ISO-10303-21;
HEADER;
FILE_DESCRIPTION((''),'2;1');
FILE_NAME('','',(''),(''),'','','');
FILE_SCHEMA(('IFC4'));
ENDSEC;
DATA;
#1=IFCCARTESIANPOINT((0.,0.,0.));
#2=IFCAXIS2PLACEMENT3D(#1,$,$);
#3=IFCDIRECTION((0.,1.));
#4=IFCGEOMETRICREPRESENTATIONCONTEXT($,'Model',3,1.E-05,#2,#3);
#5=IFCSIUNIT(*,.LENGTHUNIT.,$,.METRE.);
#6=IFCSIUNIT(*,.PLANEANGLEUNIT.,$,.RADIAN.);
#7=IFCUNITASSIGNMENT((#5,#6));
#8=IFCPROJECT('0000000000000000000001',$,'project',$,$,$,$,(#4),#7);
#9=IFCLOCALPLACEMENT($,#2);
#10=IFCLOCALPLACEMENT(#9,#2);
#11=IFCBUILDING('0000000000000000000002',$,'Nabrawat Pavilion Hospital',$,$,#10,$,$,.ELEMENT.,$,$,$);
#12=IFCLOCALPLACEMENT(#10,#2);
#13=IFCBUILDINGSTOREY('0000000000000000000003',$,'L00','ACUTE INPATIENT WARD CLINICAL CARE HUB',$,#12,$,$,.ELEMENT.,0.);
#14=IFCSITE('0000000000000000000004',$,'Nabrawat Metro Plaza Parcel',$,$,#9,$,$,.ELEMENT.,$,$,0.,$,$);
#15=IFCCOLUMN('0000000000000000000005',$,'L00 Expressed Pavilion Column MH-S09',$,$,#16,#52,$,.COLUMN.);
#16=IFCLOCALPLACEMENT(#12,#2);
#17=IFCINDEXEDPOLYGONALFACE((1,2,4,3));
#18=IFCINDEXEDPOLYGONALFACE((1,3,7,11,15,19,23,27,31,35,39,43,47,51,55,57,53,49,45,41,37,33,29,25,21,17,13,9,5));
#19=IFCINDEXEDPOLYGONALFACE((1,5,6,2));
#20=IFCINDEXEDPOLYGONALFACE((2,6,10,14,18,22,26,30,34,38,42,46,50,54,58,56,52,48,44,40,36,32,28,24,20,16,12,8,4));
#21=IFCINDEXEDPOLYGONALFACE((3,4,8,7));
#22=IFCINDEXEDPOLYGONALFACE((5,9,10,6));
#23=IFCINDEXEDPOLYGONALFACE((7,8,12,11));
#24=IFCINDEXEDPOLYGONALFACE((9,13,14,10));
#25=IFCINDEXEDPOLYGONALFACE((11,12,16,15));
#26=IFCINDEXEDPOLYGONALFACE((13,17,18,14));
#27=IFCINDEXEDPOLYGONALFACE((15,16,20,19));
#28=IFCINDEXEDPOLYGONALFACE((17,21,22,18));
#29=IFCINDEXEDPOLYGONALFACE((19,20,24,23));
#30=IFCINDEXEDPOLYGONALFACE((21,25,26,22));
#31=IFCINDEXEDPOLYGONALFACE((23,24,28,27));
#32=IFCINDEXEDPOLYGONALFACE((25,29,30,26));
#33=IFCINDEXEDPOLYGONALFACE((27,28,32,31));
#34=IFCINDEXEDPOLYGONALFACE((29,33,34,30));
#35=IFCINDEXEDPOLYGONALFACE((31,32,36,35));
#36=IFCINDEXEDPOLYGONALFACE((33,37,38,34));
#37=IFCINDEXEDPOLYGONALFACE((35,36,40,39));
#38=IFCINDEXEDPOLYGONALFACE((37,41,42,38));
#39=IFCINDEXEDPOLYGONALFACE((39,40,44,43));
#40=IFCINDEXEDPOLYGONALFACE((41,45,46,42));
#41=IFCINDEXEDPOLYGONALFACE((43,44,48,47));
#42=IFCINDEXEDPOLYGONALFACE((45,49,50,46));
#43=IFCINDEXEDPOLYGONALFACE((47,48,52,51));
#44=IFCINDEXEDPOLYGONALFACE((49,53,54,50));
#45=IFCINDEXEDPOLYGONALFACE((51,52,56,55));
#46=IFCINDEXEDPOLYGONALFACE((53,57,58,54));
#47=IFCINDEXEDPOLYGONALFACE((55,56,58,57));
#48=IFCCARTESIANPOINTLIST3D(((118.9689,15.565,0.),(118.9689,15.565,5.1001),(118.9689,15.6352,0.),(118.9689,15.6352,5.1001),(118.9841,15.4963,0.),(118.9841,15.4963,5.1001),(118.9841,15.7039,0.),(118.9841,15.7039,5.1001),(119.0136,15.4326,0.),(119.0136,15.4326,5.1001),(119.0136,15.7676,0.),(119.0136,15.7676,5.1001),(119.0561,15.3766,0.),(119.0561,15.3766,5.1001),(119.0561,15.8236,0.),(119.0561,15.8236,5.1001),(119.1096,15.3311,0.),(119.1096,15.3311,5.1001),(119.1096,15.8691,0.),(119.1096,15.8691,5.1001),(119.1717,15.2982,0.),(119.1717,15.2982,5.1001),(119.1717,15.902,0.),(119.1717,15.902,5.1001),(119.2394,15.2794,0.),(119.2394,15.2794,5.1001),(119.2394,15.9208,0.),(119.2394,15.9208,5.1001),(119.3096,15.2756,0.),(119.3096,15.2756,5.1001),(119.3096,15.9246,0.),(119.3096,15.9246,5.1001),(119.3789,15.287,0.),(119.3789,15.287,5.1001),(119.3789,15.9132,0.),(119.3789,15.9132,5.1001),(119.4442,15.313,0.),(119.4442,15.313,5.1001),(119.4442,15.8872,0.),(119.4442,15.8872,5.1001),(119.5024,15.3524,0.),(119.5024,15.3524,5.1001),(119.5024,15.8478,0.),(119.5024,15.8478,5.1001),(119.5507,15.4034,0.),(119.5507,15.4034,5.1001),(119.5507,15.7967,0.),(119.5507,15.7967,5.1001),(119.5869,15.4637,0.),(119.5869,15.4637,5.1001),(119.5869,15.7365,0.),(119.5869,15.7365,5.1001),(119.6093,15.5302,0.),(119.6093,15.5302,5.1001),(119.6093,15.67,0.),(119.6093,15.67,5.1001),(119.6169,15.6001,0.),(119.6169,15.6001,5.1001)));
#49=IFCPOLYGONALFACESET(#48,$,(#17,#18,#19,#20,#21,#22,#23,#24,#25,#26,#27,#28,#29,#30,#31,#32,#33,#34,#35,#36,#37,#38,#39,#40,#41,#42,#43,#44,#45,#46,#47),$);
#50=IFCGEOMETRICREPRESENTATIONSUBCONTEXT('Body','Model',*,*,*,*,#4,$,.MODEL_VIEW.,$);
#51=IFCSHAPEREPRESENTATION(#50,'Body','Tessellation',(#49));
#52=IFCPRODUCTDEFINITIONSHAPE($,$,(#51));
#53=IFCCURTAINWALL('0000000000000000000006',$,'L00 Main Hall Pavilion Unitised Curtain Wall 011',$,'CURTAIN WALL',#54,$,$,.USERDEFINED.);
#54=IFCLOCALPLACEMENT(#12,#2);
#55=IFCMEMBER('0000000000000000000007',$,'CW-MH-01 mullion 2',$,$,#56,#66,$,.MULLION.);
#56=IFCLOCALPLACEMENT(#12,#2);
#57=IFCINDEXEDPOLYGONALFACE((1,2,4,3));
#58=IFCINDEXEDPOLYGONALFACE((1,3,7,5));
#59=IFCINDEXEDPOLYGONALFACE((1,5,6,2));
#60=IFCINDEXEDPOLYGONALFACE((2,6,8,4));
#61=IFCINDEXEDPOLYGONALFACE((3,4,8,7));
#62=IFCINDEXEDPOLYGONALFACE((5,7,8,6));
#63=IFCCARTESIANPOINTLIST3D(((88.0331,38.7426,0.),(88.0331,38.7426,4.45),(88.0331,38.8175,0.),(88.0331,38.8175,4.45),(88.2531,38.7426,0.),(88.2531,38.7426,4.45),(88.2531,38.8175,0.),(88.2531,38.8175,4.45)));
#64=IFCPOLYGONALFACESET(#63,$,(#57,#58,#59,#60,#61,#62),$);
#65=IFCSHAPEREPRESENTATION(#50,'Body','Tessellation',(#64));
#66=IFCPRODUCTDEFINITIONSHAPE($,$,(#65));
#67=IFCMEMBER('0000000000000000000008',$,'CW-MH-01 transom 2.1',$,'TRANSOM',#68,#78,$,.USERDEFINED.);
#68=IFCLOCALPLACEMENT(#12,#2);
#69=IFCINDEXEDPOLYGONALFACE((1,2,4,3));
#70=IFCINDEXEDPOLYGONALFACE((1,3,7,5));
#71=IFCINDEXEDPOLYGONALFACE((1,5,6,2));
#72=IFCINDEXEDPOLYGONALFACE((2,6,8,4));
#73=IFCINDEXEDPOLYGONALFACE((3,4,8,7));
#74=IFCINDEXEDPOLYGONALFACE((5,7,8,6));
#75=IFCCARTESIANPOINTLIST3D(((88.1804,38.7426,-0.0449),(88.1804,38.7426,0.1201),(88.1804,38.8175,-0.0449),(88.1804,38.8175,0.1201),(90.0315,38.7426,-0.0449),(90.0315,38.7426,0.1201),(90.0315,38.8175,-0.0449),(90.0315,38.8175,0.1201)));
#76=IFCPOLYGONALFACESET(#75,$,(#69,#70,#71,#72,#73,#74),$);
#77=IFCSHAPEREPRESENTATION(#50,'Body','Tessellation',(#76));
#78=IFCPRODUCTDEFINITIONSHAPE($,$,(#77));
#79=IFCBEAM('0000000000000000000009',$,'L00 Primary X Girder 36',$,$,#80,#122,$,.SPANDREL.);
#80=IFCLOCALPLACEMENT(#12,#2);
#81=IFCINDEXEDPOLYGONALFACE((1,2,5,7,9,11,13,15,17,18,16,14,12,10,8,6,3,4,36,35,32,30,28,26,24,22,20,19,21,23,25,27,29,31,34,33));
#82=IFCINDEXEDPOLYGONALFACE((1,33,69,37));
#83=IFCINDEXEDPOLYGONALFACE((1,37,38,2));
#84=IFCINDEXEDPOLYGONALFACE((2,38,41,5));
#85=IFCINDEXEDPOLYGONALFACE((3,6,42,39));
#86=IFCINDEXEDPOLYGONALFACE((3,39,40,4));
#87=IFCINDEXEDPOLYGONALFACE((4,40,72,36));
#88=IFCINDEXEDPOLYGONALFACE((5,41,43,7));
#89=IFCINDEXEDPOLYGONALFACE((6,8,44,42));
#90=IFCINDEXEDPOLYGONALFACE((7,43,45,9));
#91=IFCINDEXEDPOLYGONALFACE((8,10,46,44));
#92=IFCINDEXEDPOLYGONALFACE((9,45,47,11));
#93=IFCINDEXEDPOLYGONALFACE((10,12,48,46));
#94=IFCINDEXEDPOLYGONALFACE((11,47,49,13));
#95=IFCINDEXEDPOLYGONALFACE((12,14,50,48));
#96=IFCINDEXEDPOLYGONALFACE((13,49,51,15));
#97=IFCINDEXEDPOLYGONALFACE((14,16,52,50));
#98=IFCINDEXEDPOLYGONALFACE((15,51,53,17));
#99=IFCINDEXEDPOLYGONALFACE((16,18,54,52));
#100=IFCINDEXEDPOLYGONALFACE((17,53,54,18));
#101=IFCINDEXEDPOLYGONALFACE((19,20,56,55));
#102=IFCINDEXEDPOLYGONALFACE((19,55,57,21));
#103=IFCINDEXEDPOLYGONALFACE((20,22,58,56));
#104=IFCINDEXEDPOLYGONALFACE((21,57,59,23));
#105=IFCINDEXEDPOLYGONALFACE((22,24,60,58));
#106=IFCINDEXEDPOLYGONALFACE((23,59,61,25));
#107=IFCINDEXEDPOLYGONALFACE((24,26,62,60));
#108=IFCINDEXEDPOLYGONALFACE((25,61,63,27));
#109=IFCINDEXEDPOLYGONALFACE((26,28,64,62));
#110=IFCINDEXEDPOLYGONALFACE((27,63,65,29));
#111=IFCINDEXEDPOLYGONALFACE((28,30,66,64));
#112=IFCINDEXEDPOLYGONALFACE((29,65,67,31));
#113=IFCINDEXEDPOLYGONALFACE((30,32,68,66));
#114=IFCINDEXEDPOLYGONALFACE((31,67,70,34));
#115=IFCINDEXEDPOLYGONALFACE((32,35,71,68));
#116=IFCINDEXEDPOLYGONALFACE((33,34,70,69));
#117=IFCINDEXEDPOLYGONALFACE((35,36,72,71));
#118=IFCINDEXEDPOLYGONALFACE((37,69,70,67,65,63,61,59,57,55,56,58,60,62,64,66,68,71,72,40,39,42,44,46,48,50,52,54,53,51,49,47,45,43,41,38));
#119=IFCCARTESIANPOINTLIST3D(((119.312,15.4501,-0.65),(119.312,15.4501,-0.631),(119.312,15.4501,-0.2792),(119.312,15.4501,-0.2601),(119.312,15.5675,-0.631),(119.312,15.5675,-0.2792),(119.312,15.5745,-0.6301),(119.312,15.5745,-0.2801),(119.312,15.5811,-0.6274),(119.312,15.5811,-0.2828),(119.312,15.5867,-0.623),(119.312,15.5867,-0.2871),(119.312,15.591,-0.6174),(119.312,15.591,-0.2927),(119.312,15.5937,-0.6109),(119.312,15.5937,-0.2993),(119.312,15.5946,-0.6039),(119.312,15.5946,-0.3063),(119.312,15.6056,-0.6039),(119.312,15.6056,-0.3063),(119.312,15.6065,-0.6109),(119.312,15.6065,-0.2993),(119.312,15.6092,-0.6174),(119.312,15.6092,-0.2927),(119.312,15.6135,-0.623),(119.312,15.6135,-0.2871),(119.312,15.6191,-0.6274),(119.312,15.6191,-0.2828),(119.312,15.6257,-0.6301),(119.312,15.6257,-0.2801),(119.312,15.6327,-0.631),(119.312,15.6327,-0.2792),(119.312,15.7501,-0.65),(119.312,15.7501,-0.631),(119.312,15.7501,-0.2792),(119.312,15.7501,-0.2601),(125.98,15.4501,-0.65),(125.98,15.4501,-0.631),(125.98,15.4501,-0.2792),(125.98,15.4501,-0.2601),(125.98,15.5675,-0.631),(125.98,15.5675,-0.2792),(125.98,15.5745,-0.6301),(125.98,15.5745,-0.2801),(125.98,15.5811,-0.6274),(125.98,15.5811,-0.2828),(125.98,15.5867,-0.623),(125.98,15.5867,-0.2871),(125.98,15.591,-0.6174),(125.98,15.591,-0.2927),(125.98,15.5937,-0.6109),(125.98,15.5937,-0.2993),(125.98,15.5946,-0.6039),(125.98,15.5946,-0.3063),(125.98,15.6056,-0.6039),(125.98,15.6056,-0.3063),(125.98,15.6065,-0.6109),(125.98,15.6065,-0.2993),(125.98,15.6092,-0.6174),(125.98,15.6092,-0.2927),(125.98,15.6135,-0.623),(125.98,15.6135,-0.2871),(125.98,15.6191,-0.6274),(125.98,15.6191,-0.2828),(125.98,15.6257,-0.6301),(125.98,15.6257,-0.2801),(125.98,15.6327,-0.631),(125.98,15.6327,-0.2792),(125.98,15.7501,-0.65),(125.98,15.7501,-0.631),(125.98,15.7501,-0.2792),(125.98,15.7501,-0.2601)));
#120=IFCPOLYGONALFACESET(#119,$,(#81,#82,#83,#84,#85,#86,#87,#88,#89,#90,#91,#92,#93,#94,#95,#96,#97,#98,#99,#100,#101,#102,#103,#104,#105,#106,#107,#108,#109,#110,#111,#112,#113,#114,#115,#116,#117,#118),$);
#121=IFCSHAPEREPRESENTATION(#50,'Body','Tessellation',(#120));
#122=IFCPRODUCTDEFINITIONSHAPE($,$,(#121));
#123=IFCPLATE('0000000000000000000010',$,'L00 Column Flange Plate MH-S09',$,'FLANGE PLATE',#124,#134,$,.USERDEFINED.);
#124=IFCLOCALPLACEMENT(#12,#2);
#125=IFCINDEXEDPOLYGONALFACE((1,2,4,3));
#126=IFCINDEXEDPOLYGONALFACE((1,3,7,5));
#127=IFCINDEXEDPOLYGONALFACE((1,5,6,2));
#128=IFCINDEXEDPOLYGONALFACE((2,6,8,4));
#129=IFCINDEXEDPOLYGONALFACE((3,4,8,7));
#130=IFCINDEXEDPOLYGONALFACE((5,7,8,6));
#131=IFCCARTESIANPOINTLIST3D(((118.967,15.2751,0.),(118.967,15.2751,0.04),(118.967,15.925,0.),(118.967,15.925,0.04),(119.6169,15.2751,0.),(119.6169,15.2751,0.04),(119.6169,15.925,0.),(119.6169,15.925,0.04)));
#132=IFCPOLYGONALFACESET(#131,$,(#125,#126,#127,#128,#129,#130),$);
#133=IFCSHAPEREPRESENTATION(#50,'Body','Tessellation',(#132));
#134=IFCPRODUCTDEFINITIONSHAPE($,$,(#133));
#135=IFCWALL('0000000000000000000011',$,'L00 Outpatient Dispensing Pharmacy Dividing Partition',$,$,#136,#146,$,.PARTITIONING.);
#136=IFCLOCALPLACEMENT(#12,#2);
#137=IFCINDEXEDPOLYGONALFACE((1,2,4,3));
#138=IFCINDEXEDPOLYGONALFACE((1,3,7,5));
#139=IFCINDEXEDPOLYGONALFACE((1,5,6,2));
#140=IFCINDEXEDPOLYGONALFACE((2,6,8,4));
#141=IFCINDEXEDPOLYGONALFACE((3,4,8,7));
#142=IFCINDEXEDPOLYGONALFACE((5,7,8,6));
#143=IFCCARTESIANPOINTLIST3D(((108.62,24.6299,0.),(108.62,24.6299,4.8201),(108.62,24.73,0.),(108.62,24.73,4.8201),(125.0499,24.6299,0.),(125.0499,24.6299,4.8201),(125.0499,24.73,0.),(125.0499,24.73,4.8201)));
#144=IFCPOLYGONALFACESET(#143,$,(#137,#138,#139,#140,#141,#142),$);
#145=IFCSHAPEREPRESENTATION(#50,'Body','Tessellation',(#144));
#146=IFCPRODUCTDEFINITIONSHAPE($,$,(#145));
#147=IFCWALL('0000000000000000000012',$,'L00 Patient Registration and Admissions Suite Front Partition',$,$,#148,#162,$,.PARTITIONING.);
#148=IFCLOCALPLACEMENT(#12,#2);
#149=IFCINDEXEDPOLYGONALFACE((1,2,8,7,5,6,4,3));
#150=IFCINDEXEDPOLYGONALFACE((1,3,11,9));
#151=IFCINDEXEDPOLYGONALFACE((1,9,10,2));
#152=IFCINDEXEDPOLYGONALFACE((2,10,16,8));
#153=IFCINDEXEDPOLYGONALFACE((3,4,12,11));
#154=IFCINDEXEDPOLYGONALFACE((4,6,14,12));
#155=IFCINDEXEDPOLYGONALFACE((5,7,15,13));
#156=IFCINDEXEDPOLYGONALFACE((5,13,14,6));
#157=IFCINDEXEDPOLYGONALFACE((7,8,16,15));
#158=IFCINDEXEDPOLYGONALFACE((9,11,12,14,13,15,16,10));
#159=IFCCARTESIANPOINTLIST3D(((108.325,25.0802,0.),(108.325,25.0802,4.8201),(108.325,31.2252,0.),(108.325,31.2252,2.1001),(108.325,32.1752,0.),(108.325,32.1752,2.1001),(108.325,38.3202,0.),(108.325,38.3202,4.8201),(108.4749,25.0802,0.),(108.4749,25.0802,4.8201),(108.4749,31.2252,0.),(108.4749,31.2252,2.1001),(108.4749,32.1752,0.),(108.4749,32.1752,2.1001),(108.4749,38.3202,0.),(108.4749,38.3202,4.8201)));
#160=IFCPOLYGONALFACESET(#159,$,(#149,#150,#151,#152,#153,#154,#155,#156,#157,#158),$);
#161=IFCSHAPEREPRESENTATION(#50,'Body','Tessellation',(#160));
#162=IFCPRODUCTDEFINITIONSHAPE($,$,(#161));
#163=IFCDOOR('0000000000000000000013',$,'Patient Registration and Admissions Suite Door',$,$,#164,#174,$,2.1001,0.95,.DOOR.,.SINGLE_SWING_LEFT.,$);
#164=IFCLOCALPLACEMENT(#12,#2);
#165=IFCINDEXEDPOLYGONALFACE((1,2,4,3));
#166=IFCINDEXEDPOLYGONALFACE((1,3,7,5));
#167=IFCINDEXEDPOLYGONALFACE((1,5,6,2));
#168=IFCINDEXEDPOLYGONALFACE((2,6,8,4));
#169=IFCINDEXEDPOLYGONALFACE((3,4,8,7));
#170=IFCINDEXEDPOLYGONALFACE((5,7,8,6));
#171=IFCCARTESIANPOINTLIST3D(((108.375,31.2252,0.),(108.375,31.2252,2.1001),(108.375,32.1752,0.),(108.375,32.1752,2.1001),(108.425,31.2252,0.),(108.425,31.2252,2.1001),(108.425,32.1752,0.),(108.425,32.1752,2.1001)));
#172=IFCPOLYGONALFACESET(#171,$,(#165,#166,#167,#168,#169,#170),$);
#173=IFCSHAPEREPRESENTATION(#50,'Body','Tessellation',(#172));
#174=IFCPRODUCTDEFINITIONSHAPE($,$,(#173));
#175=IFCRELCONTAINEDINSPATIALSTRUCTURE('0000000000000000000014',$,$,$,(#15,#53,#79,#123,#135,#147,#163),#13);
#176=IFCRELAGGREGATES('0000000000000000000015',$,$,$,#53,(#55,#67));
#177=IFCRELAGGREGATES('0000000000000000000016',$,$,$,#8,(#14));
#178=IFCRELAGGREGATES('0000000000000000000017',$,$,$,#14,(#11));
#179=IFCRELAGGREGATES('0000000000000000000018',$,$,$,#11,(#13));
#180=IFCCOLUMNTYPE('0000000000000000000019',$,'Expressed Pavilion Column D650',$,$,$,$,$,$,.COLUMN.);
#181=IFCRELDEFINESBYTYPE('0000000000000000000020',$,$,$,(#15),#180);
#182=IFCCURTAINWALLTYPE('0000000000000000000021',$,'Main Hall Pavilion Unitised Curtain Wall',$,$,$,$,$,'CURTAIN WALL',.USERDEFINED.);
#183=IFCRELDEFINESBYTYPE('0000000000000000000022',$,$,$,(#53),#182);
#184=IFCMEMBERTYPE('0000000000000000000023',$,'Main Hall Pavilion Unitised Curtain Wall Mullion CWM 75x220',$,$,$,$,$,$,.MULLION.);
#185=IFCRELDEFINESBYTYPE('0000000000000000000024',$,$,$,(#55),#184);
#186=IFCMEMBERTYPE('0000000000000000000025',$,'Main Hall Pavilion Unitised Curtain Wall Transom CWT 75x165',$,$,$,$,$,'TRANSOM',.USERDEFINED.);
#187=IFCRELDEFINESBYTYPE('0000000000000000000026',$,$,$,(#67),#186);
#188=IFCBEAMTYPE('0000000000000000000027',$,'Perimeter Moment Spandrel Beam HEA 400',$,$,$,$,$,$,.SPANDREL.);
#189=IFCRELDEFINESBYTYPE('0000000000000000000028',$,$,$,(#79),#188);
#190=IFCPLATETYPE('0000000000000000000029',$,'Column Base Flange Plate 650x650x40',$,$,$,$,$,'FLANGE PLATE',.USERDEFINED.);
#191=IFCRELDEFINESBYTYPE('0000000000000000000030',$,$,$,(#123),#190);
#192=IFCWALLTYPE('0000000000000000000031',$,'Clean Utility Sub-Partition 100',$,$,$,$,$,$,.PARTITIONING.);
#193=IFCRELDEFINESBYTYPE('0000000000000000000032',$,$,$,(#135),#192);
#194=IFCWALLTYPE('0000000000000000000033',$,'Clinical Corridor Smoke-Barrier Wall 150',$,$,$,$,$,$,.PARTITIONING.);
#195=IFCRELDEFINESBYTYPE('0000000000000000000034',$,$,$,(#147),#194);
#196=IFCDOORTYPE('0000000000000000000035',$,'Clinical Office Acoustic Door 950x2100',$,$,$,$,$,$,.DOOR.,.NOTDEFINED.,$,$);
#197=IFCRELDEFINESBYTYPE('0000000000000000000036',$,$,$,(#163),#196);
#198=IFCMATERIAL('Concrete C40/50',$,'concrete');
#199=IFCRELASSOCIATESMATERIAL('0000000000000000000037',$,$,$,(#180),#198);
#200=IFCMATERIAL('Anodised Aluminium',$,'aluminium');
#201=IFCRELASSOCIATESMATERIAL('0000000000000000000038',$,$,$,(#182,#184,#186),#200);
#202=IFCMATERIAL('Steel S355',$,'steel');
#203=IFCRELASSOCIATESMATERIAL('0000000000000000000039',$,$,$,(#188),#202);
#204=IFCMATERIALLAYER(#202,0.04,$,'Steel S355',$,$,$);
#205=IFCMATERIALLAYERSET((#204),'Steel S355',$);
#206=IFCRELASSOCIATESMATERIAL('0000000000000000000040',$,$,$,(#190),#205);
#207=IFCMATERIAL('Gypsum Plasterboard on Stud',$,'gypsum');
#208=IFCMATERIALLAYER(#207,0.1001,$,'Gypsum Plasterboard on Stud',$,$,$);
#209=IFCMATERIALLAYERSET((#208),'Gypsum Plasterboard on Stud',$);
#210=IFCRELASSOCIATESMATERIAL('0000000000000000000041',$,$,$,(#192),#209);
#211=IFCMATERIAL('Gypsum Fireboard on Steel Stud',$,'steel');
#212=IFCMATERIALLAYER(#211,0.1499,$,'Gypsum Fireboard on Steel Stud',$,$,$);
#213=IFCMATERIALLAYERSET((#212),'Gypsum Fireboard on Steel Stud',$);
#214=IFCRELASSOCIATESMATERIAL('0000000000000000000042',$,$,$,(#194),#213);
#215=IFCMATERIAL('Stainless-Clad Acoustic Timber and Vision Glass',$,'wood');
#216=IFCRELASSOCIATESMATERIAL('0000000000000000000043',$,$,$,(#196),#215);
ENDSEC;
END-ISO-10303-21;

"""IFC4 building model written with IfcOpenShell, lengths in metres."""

from ifc_helpers import new_model, si_unit, direction, frame, frame_2d, origin, origin_2d, place, context, subcontext, project, spatial, rectangle, circle, i_section, extrude, material, layer, layer_set, material_profile, profile_set, type_object, element, fill, aggregate, save


model = new_model("IFC4")

# Units and contexts
model_context = context("Model", 3, precision=1e-05, world=origin(), true_north=direction((0.0, 1.0)))
body_context = subcontext(model_context, "Body", "Model", "MODEL_VIEW")
ifc_project = project(units=[si_unit("LENGTHUNIT", "METRE"), si_unit("PLANEANGLEUNIT", "RADIAN")], contexts=[model_context])

# Site, building, storey
site_placement = place(None, origin())
site = spatial("IfcSite", under=ifc_project, at=site_placement, Name="Nabrawat Metro Plaza Parcel", CompositionType="ELEMENT", RefElevation=0.0)
building_placement = place(site_placement, origin())
building = spatial("IfcBuilding", under=site, at=building_placement, Name="Nabrawat Pavilion Hospital", CompositionType="ELEMENT")
storey_placement = place(building_placement, origin())
storey = spatial("IfcBuildingStorey", under=building, at=storey_placement, Name="L00", Description="ACUTE INPATIENT WARD CLINICAL CARE HUB", CompositionType="ELEMENT", Elevation=0.0)

# Column
ifc_material_1 = material(Name="Concrete C40/50", Category="concrete")
ifc_material_profile_1 = material_profile(ifc_material_1, circle(Radius=0.325, at=origin_2d()), Name="RC D650")
ifc_profile_set_1 = profile_set([ifc_material_profile_1], Name="Concrete C40/50")
column_type = type_object("IfcColumnType", Name="Expressed Pavilion Column D650", PredefinedType="COLUMN", material=ifc_profile_set_1)
column_placement = place(storey_placement, frame((119.292, 15.6001, 0.0), z_axis=(0.0, 0.0, 1.0), x_axis=(1.0, 0.0, 0.0)))
element("IfcColumn", 1, at=column_placement, inside=storey, type_object=column_type, Name="L00 Expressed Pavilion Column MH-S09", PredefinedType="COLUMN", context=body_context, shape_type="SweptSolid", body=[
    extrude(circle(Radius=0.325, at=origin_2d()), origin(), (0.0, 0.0, 1.0), 5.1001),
])

# Curtain wall, members
ifc_material_2 = material(Name="Anodised Aluminium", Category="aluminium")
curtain_wall_type = type_object("IfcCurtainWallType", Name="Main Hall Pavilion Unitised Curtain Wall", ElementType="CURTAIN WALL", PredefinedType="USERDEFINED", material=ifc_material_2)
curtain_wall_placement = place(storey_placement, origin())
curtain_wall = element("IfcCurtainWall", 2, at=curtain_wall_placement, inside=storey, type_object=curtain_wall_type, Name="L00 Main Hall Pavilion Unitised Curtain Wall 011", ObjectType="CURTAIN WALL", PredefinedType="USERDEFINED")
ifc_material_profile_2 = material_profile(ifc_material_2, rectangle(XDim=0.075, YDim=0.22, at=origin_2d()), Name="CWM 75x220")
ifc_profile_set_2 = profile_set([ifc_material_profile_2], Name="Anodised Aluminium")
member_type_1 = type_object("IfcMemberType", Name="Main Hall Pavilion Unitised Curtain Wall Mullion CWM 75x220", PredefinedType="MULLION", material=ifc_profile_set_2)
member_1_placement = place(storey_placement, frame((88.1431, 38.78, 0.0), z_axis=(0.0, 0.0, 1.0), x_axis=(0.0, 1.0, 0.0)))
member_1 = element("IfcMember", 3, at=member_1_placement, type_object=member_type_1, Name="CW-MH-01 mullion 2", PredefinedType="MULLION", context=body_context, shape_type="SweptSolid", body=[
    extrude(rectangle(XDim=0.075, YDim=0.22, at=origin_2d()), origin(), (0.0, 0.0, 1.0), 4.45),
])
ifc_material_profile_3 = material_profile(ifc_material_2, rectangle(XDim=0.075, YDim=0.165, at=origin_2d()), Name="CWT 75x165")
ifc_profile_set_3 = profile_set([ifc_material_profile_3], Name="Anodised Aluminium")
member_type_2 = type_object("IfcMemberType", Name="Main Hall Pavilion Unitised Curtain Wall Transom CWT 75x165", ElementType="TRANSOM", PredefinedType="USERDEFINED", material=ifc_profile_set_3)
member_2_placement = place(storey_placement, frame((88.1804, 38.78, 0.0376), z_axis=(1.0, 0.0, 0.0), x_axis=(0.0, 1.0, 0.0)))
member_2 = element("IfcMember", 4, at=member_2_placement, type_object=member_type_2, Name="CW-MH-01 transom 2.1", ObjectType="TRANSOM", PredefinedType="USERDEFINED", context=body_context, shape_type="SweptSolid", body=[
    extrude(rectangle(XDim=0.075, YDim=0.165, at=origin_2d()), origin(), (0.0, 0.0, 1.0), 1.8511),
])
aggregate(curtain_wall, [member_1, member_2])

# Beam
ifc_material_3 = material(Name="Steel S355", Category="steel")
ifc_material_profile_4 = material_profile(ifc_material_3, i_section(OverallWidth=0.3, OverallDepth=0.3899, WebThickness=0.011, FlangeThickness=0.019, FilletRadius=0.0271, at=origin_2d()), Name="HEA 400")
ifc_profile_set_4 = profile_set([ifc_material_profile_4], Name="Steel S355")
beam_type = type_object("IfcBeamType", Name="Perimeter Moment Spandrel Beam HEA 400", PredefinedType="SPANDREL", material=ifc_profile_set_4)
beam_placement = place(storey_placement, frame((119.312, 15.6001, -0.4551), z_axis=(1.0, 0.0, 0.0), x_axis=(0.0, 1.0, 0.0)))
element("IfcBeam", 5, at=beam_placement, inside=storey, type_object=beam_type, Name="L00 Primary X Girder 36", PredefinedType="SPANDREL", context=body_context, shape_type="SweptSolid", body=[
    extrude(i_section(OverallWidth=0.3, OverallDepth=0.3899, WebThickness=0.011, FlangeThickness=0.019, FilletRadius=0.0271, at=origin_2d()), origin(), (0.0, 0.0, 1.0), 6.668),
])

# Plate
ifc_layer_1 = layer(ifc_material_3, 0.04, Name="Steel S355")
ifc_layer_set_1 = layer_set([ifc_layer_1], Name="Steel S355")
plate_type = type_object("IfcPlateType", Name="Column Base Flange Plate 650x650x40", ElementType="FLANGE PLATE", PredefinedType="USERDEFINED", material=ifc_layer_set_1)
plate_placement = place(storey_placement, frame((119.292, 15.6001, 0.0), z_axis=(0.0, 0.0, 1.0), x_axis=(1.0, 0.0, 0.0)))
element("IfcPlate", 6, at=plate_placement, inside=storey, type_object=plate_type, Name="L00 Column Flange Plate MH-S09", ObjectType="FLANGE PLATE", PredefinedType="USERDEFINED", context=body_context, shape_type="SweptSolid", body=[
    extrude(rectangle(XDim=0.6499, YDim=0.6499, at=origin_2d()), origin(), (0.0, 0.0, 1.0), 0.04),
])

# Wall
ifc_material_4 = material(Name="Gypsum Plasterboard on Stud", Category="gypsum")
ifc_layer_2 = layer(ifc_material_4, 0.1001, Name="Gypsum Plasterboard on Stud")
ifc_layer_set_2 = layer_set([ifc_layer_2], Name="Gypsum Plasterboard on Stud")
wall_type_1 = type_object("IfcWallType", Name="Clean Utility Sub-Partition 100", PredefinedType="PARTITIONING", material=ifc_layer_set_2)
wall_1_placement = place(storey_placement, frame((108.6201, 24.6799, 0.0), z_axis=(0.0, 0.0, 1.0), x_axis=(1.0, 0.0, 0.0)))
element("IfcWall", 7, at=wall_1_placement, inside=storey, type_object=wall_type_1, Name="L00 Outpatient Dispensing Pharmacy Dividing Partition", PredefinedType="PARTITIONING", context=body_context, shape_type="SweptSolid", body=[
    extrude(rectangle(XDim=16.4299, YDim=0.1001, at=frame_2d((8.2148, 0.0))), origin(), (0.0, 0.0, 1.0), 4.8201),
])

# Wall, opening, door
ifc_material_5 = material(Name="Gypsum Fireboard on Steel Stud", Category="steel")
ifc_layer_3 = layer(ifc_material_5, 0.1499, Name="Gypsum Fireboard on Steel Stud")
ifc_layer_set_3 = layer_set([ifc_layer_3], Name="Gypsum Fireboard on Steel Stud")
wall_type_2 = type_object("IfcWallType", Name="Clinical Corridor Smoke-Barrier Wall 150", PredefinedType="PARTITIONING", material=ifc_layer_set_3)
wall_2_placement = place(storey_placement, frame((108.3999, 25.0801, 0.0), z_axis=(0.0, 0.0, 1.0), x_axis=(0.0, 1.0, 0.0)))
wall_2 = element("IfcWall", 8, at=wall_2_placement, inside=storey, type_object=wall_type_2, Name="L00 Patient Registration and Admissions Suite Front Partition", PredefinedType="PARTITIONING", context=body_context, shape_type="SweptSolid", body=[
    extrude(rectangle(XDim=13.24, YDim=0.1499, at=frame_2d((6.6201, 0.0))), origin(), (0.0, 0.0, 1.0), 4.8201),
])
opening_1_placement = place(wall_2_placement, frame((6.145, 0.0, 0.0)))
opening_1 = element("IfcOpeningElement", 9, at=opening_1_placement, cuts=wall_2, PredefinedType="OPENING", context=body_context, shape_type="SweptSolid", body=[
    extrude(rectangle(XDim=0.95, YDim=2.1001, at=frame_2d((0.4751, 1.05))), frame((0.0, 0.085, 0.0), z_axis=(0.0, -1.0, 0.0), x_axis=(1.0, 0.0, 0.0)), (0.0, 0.0, 1.0), 0.1699),
])
ifc_material_6 = material(Name="Stainless-Clad Acoustic Timber and Vision Glass", Category="wood")
door_type_1 = type_object("IfcDoorType", Name="Clinical Office Acoustic Door 950x2100", OperationType="NOTDEFINED", PredefinedType="DOOR", material=ifc_material_6)
door_1_placement = place(opening_1_placement, origin())
door_1 = element("IfcDoor", 10, at=door_1_placement, inside=storey, type_object=door_type_1, Name="Patient Registration and Admissions Suite Door", OperationType="SINGLE_SWING_LEFT", OverallHeight=2.1001, OverallWidth=0.95, PredefinedType="DOOR", context=body_context, shape_type="SweptSolid", body=[
    extrude(rectangle(XDim=0.95, YDim=2.1001, at=frame_2d((0.4751, 1.05))), frame((0.0, 0.0249, 0.0), z_axis=(0.0, -1.0, 0.0), x_axis=(1.0, 0.0, 0.0)), (0.0, 0.0, 1.0), 0.05),
])
fill(opening_1, door_1)

save(model, "model.ifc")
